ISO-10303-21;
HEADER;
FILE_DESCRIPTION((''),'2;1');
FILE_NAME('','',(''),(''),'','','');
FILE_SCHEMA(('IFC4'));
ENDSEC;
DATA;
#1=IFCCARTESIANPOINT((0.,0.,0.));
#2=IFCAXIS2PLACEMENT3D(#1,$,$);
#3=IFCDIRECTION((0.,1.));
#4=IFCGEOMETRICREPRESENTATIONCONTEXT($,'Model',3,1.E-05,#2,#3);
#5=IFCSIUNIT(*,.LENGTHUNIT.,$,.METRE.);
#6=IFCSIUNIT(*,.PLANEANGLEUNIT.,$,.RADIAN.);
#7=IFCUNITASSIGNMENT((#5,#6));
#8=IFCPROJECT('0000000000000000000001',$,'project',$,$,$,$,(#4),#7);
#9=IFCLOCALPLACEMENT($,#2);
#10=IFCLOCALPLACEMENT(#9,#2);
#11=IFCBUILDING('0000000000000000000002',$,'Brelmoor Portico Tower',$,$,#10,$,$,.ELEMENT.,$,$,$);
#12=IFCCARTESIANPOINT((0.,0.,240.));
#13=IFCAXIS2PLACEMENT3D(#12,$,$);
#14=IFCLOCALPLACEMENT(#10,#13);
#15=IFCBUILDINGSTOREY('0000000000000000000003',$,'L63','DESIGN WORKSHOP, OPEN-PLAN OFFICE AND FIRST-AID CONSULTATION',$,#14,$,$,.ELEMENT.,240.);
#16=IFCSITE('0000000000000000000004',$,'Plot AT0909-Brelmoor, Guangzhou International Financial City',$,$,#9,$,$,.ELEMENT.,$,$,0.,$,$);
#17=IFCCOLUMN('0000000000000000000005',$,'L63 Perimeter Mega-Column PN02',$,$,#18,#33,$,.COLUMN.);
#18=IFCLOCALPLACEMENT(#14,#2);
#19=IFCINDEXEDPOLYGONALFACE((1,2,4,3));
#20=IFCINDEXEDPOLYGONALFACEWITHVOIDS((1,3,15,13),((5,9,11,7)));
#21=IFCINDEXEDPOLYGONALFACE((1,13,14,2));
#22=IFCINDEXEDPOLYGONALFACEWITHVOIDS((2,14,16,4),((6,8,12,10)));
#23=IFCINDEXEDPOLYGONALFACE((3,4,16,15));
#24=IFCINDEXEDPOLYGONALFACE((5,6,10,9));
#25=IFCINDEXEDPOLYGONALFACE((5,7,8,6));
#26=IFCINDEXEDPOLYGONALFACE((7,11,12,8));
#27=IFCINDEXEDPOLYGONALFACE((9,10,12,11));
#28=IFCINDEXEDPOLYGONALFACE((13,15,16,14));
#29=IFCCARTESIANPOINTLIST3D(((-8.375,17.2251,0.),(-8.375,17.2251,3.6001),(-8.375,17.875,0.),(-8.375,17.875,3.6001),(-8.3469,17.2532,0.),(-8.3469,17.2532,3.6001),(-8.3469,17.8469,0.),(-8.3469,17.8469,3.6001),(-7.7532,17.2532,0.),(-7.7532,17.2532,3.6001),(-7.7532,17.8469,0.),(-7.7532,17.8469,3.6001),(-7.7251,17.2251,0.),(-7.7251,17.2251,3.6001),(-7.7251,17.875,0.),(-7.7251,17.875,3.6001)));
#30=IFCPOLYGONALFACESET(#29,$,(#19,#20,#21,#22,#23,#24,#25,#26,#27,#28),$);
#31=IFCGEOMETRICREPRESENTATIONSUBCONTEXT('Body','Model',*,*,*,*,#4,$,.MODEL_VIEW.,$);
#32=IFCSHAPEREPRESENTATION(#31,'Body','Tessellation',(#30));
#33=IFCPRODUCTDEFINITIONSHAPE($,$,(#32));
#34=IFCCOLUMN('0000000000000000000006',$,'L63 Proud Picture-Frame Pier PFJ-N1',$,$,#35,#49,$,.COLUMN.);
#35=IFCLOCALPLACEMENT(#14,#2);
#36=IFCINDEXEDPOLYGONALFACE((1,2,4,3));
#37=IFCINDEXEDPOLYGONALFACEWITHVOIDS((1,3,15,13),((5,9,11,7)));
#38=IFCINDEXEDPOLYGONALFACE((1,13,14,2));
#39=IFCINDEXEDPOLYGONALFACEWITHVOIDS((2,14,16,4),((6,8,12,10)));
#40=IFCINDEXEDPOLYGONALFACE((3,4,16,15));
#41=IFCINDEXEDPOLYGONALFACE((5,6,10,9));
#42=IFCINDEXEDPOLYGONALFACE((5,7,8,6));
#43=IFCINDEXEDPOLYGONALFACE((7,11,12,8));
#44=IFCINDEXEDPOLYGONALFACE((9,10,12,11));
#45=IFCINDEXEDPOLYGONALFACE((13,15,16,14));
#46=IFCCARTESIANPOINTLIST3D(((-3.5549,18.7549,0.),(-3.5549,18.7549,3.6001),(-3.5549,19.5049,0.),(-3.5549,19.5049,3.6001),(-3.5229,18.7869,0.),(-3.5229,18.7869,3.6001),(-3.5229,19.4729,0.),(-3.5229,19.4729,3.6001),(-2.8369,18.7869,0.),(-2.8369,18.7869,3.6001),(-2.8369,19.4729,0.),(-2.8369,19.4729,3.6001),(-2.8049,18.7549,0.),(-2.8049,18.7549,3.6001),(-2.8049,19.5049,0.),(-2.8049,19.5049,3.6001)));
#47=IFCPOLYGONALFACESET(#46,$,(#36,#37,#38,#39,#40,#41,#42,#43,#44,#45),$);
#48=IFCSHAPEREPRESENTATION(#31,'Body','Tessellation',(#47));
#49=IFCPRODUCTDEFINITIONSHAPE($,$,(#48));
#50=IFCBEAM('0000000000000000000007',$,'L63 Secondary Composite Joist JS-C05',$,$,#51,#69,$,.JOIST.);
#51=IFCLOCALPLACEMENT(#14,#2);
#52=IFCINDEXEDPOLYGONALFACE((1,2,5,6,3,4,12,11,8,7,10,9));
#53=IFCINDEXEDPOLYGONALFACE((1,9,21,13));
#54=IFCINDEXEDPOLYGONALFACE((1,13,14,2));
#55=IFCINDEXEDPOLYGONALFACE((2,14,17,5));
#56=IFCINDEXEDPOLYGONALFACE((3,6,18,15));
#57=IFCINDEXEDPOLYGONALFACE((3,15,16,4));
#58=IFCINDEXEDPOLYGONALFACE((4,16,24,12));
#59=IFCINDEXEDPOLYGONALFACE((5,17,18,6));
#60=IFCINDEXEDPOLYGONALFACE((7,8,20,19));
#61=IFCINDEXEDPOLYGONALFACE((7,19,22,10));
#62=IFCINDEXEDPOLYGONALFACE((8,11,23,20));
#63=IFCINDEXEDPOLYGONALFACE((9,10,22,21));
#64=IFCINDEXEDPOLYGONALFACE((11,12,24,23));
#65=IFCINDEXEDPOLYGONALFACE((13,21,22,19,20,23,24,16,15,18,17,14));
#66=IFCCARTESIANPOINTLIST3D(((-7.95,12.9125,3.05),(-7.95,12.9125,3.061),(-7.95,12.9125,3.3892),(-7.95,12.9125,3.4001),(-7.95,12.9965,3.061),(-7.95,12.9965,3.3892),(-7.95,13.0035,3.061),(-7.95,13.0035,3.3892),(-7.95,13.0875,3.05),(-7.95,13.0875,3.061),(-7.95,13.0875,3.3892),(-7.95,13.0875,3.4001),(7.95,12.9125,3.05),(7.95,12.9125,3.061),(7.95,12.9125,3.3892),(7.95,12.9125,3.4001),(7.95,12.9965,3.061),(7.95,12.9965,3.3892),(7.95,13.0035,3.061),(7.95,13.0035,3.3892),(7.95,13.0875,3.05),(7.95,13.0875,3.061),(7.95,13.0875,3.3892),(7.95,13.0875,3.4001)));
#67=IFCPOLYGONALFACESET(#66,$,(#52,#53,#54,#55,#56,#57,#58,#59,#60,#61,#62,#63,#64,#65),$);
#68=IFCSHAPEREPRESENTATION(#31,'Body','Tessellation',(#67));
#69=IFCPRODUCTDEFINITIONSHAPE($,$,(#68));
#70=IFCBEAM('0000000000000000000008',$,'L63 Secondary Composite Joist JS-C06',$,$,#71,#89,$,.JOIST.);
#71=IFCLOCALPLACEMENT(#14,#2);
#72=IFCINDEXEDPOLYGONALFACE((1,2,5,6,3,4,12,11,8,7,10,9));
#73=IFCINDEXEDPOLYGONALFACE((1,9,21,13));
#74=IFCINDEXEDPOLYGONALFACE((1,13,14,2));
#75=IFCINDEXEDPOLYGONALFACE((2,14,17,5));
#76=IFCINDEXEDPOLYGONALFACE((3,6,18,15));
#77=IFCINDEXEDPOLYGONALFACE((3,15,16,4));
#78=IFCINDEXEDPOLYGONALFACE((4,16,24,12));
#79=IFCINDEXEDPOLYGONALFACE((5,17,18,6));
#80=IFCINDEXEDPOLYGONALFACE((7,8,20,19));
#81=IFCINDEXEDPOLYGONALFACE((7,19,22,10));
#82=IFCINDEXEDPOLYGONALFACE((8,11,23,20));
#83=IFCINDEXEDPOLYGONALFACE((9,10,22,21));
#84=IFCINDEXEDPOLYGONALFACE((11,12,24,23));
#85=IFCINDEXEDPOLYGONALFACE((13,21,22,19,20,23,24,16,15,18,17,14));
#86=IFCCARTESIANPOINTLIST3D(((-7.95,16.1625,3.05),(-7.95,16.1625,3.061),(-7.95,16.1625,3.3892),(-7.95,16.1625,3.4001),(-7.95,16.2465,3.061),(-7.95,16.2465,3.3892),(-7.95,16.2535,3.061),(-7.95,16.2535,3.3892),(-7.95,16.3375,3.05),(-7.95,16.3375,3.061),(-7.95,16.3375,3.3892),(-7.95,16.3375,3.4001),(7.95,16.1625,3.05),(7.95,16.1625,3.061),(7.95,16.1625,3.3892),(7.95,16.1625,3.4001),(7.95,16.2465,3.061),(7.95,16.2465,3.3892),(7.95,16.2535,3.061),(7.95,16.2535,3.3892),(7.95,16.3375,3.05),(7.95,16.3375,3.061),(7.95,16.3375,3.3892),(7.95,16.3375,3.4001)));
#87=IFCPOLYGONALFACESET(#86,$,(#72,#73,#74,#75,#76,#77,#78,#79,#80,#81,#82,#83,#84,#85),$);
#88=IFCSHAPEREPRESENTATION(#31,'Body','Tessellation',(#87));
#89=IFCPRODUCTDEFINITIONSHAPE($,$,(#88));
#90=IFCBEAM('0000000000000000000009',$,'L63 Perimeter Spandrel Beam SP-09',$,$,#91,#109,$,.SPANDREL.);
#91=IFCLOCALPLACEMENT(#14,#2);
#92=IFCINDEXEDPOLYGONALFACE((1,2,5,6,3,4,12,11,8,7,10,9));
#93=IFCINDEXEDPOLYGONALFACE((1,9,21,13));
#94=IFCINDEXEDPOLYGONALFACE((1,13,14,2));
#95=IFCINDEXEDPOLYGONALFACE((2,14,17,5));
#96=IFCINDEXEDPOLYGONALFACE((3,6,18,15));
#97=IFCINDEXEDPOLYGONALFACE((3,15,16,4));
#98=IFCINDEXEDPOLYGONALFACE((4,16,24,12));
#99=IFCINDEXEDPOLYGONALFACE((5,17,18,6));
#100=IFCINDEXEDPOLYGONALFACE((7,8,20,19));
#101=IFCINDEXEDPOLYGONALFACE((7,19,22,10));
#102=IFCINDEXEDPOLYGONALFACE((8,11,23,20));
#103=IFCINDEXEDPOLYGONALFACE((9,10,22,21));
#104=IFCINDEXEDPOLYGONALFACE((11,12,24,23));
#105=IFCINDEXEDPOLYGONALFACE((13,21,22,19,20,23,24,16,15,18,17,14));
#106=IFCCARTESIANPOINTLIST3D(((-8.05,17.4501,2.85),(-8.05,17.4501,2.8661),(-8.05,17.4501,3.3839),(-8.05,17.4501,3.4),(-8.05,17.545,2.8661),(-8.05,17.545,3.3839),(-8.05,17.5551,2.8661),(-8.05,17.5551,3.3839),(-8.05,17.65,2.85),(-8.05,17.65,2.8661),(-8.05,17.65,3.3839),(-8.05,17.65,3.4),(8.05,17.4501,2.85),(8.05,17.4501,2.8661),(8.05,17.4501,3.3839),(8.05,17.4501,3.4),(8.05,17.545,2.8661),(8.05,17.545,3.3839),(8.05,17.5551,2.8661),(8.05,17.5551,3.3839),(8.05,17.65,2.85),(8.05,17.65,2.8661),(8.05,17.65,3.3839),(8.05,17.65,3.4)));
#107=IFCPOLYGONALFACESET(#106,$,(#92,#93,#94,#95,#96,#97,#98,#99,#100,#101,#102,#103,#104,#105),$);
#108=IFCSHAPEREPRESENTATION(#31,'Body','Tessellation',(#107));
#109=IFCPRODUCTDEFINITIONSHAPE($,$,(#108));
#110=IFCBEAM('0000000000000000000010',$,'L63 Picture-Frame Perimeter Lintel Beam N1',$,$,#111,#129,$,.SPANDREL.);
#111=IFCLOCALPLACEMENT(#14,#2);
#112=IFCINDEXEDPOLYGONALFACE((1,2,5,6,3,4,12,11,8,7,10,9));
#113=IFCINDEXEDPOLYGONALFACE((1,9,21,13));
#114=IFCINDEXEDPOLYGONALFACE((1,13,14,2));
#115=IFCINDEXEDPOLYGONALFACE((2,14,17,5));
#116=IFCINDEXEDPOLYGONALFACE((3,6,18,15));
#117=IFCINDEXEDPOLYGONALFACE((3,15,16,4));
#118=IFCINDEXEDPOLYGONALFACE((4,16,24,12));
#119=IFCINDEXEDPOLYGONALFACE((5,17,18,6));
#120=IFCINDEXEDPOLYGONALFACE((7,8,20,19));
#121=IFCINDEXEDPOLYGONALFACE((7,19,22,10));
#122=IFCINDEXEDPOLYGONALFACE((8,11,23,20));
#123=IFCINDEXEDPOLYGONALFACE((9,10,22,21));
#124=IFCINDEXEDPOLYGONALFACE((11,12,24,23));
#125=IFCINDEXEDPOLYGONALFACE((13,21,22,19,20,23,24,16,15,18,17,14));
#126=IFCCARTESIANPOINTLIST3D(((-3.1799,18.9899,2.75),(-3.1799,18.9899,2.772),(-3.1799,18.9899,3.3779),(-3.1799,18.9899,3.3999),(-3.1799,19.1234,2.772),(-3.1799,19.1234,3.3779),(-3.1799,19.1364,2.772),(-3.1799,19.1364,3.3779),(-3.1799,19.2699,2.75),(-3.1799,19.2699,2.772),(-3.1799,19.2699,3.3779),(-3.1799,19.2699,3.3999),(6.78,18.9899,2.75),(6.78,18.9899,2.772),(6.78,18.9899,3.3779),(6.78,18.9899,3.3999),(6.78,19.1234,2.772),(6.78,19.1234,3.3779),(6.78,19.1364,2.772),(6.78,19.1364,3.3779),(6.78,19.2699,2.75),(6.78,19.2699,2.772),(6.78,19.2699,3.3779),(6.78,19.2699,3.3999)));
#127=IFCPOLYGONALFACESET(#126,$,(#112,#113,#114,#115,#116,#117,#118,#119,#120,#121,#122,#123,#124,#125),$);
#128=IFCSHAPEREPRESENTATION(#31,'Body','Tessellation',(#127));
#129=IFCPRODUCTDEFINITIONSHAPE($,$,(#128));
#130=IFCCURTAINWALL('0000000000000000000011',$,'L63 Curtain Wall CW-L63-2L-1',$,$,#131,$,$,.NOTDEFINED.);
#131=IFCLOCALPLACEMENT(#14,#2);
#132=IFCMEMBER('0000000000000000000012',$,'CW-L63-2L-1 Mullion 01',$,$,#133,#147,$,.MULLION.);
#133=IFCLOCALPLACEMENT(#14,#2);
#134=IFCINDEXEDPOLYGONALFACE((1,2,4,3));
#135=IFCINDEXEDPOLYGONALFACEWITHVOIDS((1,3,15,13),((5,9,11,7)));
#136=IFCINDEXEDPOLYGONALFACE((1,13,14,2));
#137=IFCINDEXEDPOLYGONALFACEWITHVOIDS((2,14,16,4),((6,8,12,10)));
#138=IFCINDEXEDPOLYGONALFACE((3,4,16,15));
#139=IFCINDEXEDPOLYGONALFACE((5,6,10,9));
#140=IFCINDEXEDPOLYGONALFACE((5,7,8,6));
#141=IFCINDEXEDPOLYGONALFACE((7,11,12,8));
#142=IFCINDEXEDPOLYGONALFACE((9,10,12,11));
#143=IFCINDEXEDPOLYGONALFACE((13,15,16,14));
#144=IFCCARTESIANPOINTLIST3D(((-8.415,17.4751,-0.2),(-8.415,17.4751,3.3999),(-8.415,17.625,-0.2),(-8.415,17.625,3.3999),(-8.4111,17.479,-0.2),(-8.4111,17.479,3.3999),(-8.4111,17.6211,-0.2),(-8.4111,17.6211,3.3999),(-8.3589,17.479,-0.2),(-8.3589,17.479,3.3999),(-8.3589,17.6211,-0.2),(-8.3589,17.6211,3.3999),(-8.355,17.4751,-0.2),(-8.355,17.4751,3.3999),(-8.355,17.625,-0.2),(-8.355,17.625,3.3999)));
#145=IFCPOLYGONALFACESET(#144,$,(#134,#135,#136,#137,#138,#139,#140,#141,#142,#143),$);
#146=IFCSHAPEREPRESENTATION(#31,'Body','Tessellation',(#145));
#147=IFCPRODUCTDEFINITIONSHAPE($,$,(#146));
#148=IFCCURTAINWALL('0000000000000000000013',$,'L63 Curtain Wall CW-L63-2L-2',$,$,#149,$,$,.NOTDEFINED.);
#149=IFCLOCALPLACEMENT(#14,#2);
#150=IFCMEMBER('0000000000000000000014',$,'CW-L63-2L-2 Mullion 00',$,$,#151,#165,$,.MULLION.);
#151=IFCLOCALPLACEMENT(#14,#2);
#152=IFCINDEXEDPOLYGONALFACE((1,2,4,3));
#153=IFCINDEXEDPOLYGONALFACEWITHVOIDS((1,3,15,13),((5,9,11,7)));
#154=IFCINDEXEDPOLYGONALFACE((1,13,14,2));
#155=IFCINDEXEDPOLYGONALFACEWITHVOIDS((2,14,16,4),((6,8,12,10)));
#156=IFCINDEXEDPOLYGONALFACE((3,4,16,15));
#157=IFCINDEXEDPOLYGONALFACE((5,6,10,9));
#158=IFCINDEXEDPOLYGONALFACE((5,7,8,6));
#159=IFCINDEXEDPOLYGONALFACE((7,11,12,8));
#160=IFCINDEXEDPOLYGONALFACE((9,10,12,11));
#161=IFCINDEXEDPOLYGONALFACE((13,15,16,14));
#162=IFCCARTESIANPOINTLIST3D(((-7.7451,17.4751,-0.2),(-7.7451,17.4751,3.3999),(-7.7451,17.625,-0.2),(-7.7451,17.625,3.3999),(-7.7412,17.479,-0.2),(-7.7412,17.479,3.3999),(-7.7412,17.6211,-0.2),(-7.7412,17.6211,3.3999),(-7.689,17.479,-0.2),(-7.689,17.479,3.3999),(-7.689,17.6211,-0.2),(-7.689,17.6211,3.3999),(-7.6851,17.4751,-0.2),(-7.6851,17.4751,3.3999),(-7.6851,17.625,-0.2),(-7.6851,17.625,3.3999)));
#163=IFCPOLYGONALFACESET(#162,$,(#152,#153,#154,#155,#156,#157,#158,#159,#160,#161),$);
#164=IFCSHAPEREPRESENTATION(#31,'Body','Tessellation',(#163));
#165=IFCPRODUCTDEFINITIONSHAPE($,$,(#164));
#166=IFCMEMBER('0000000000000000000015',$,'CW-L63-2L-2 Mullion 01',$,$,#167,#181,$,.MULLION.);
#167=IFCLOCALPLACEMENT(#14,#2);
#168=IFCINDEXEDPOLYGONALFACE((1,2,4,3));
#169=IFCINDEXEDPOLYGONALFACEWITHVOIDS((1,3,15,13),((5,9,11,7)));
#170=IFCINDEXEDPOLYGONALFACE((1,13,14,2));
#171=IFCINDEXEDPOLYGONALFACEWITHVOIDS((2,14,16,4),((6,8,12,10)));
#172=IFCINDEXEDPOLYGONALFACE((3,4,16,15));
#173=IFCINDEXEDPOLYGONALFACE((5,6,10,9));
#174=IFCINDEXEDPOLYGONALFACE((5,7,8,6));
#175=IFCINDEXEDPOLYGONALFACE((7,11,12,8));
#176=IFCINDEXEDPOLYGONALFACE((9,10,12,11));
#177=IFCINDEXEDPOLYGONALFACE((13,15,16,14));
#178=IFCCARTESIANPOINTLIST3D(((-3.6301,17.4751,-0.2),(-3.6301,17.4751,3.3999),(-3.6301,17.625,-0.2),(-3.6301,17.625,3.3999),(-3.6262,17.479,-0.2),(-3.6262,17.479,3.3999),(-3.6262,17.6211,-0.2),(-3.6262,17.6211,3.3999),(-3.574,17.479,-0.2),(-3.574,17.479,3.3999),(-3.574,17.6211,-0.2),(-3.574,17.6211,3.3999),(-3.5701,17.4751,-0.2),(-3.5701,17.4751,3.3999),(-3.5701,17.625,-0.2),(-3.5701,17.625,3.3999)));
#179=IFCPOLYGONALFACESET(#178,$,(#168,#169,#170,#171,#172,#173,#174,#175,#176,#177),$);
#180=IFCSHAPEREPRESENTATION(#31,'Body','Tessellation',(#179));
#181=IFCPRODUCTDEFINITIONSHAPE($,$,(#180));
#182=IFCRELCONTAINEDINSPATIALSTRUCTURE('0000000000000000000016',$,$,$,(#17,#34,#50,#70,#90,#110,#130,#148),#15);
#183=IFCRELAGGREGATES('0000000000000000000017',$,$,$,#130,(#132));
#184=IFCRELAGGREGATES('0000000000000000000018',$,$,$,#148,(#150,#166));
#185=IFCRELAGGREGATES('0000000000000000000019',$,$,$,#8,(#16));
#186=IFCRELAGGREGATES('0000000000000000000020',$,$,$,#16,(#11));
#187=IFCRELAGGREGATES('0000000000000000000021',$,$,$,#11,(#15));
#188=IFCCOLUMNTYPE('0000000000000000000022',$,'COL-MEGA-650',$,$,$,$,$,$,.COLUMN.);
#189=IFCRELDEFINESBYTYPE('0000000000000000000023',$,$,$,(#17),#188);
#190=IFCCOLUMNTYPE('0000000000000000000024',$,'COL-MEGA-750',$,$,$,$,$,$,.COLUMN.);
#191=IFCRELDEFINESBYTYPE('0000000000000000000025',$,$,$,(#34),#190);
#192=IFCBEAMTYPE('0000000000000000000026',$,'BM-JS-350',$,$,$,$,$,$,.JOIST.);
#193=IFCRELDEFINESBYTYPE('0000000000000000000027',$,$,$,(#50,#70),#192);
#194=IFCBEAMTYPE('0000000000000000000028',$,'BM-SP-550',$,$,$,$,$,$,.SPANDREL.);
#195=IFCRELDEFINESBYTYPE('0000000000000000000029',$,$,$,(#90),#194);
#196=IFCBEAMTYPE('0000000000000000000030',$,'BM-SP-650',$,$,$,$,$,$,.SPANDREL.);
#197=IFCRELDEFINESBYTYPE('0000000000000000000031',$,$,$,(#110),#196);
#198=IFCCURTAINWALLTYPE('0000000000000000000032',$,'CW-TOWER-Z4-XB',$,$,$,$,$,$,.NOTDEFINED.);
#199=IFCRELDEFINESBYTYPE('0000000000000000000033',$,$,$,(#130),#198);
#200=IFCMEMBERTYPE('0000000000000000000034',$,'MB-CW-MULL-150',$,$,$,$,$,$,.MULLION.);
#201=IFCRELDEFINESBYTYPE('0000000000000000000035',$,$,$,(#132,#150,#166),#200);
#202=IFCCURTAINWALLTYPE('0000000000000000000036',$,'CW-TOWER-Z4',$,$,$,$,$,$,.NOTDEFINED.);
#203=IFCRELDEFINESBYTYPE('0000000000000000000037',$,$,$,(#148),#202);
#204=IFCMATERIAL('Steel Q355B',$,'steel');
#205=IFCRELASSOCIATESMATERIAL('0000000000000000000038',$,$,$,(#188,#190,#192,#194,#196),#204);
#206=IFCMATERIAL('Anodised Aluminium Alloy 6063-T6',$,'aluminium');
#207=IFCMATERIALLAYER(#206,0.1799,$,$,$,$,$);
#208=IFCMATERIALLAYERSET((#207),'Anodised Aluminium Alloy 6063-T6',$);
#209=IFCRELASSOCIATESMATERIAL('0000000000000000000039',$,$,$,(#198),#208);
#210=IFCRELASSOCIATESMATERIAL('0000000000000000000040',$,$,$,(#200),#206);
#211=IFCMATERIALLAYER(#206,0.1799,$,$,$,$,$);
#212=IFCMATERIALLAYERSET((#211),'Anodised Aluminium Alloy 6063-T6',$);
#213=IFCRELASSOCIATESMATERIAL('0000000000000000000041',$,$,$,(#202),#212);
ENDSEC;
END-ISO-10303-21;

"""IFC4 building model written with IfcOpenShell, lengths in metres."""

from ifc_helpers import new_model, si_unit, direction, frame, origin, origin_2d, place, context, subcontext, project, spatial, hollow_rectangle, i_section, extrude, material, layer, layer_set, material_profile, profile_set, type_object, element, aggregate, save


model = new_model("IFC4")

# Units and contexts
model_context = context("Model", 3, precision=1e-05, world=origin(), true_north=direction((0.0, 1.0)))
body_context = subcontext(model_context, "Body", "Model", "MODEL_VIEW")
ifc_project = project(units=[si_unit("LENGTHUNIT", "METRE"), si_unit("PLANEANGLEUNIT", "RADIAN")], contexts=[model_context])

# Site, building, storey
site_placement = place(None, origin())
site = spatial("IfcSite", under=ifc_project, at=site_placement, Name="Plot AT0909-Brelmoor, Guangzhou International Financial City", CompositionType="ELEMENT", RefElevation=0.0)
building_placement = place(site_placement, origin())
building = spatial("IfcBuilding", under=site, at=building_placement, Name="Brelmoor Portico Tower", CompositionType="ELEMENT")
storey_placement = place(building_placement, frame((0.0, 0.0, 240.0)))
storey = spatial("IfcBuildingStorey", under=building, at=storey_placement, Name="L63", Description="DESIGN WORKSHOP, OPEN-PLAN OFFICE AND FIRST-AID CONSULTATION", CompositionType="ELEMENT", Elevation=240.0)

# Columns
ifc_material_1 = material(Name="Steel Q355B", Category="steel")
ifc_material_profile_1 = material_profile(ifc_material_1, hollow_rectangle(XDim=0.6499, YDim=0.6499, WallThickness=0.0281, at=origin_2d()), Name="BOX 650x650x28")
ifc_profile_set_1 = profile_set([ifc_material_profile_1], Name="Steel Q355B")
column_type_1 = type_object("IfcColumnType", Name="COL-MEGA-650", PredefinedType="COLUMN", material=ifc_profile_set_1)
column_1_placement = place(storey_placement, frame((-8.05, 17.55, 0.0), z_axis=(0.0, 0.0, 1.0), x_axis=(1.0, 0.0, 0.0)))
element("IfcColumn", 1, at=column_1_placement, inside=storey, type_object=column_type_1, Name="L63 Perimeter Mega-Column PN02", PredefinedType="COLUMN", context=body_context, shape_type="SweptSolid", body=[
    extrude(hollow_rectangle(XDim=0.6499, YDim=0.6499, WallThickness=0.0281, at=origin_2d()), origin(), (0.0, 0.0, 1.0), 3.6001),
])
ifc_material_profile_2 = material_profile(ifc_material_1, hollow_rectangle(XDim=0.75, YDim=0.75, WallThickness=0.032, at=origin_2d()), Name="BOX 750x750x32")
ifc_profile_set_2 = profile_set([ifc_material_profile_2], Name="Steel Q355B")
column_type_2 = type_object("IfcColumnType", Name="COL-MEGA-750", PredefinedType="COLUMN", material=ifc_profile_set_2)
column_2_placement = place(storey_placement, frame((-3.1799, 19.1299, 0.0), z_axis=(0.0, 0.0, 1.0), x_axis=(1.0, 0.0, 0.0)))
element("IfcColumn", 2, at=column_2_placement, inside=storey, type_object=column_type_2, Name="L63 Proud Picture-Frame Pier PFJ-N1", PredefinedType="COLUMN", context=body_context, shape_type="SweptSolid", body=[
    extrude(hollow_rectangle(XDim=0.75, YDim=0.75, WallThickness=0.032, at=origin_2d()), origin(), (0.0, 0.0, 1.0), 3.6001),
])

# Beams
ifc_material_profile_3 = material_profile(ifc_material_1, i_section(OverallWidth=0.175, OverallDepth=0.3501, WebThickness=0.0071, FlangeThickness=0.011, at=origin_2d()), Name="HN 350x175x7x11")
ifc_profile_set_3 = profile_set([ifc_material_profile_3], Name="Steel Q355B")
beam_type_1 = type_object("IfcBeamType", Name="BM-JS-350", PredefinedType="JOIST", material=ifc_profile_set_3)
for number, where, z_axis, x_axis, name in (
    (3, (-7.95, 13.0, 3.2251), (1.0, 0.0, 0.0), (0.0, 1.0, 0.0), "L63 Secondary Composite Joist JS-C05"),
    (4, (-7.95, 16.25, 3.2251), (1.0, 0.0, 0.0), (0.0, 1.0, 0.0), "L63 Secondary Composite Joist JS-C06"),
):
    element("IfcBeam", number, at=place(storey_placement, frame(where, z_axis=z_axis, x_axis=x_axis)), inside=storey, type_object=beam_type_1, Name=name, PredefinedType="JOIST", context=body_context, shape_type="SweptSolid", body=[
        extrude(i_section(OverallWidth=0.175, OverallDepth=0.3501, WebThickness=0.0071, FlangeThickness=0.011, at=origin_2d()), origin(), (0.0, 0.0, 1.0), 15.8999),
    ])
ifc_material_profile_4 = material_profile(ifc_material_1, i_section(OverallWidth=0.2, OverallDepth=0.55, WebThickness=0.01, FlangeThickness=0.0161, at=origin_2d()), Name="HN 550x200x10x16")
ifc_profile_set_4 = profile_set([ifc_material_profile_4], Name="Steel Q355B")
beam_type_2 = type_object("IfcBeamType", Name="BM-SP-550", PredefinedType="SPANDREL", material=ifc_profile_set_4)
beam_1_placement = place(storey_placement, frame((-8.05, 17.55, 3.125), z_axis=(1.0, 0.0, 0.0), x_axis=(0.0, 1.0, 0.0)))
element("IfcBeam", 5, at=beam_1_placement, inside=storey, type_object=beam_type_2, Name="L63 Perimeter Spandrel Beam SP-09", PredefinedType="SPANDREL", context=body_context, shape_type="SweptSolid", body=[
    extrude(i_section(OverallWidth=0.2, OverallDepth=0.55, WebThickness=0.01, FlangeThickness=0.0161, at=origin_2d()), origin(), (0.0, 0.0, 1.0), 16.1001),
])
ifc_material_profile_5 = material_profile(ifc_material_1, i_section(OverallWidth=0.28, OverallDepth=0.6499, WebThickness=0.0129, FlangeThickness=0.022, at=origin_2d()), Name="HN 650x280x13x22")
ifc_profile_set_5 = profile_set([ifc_material_profile_5], Name="Steel Q355B")
beam_type_3 = type_object("IfcBeamType", Name="BM-SP-650", PredefinedType="SPANDREL", material=ifc_profile_set_5)
beam_2_placement = place(storey_placement, frame((-3.1799, 19.1299, 3.075), z_axis=(1.0, 0.0, 0.0), x_axis=(0.0, 1.0, 0.0)))
element("IfcBeam", 6, at=beam_2_placement, inside=storey, type_object=beam_type_3, Name="L63 Picture-Frame Perimeter Lintel Beam N1", PredefinedType="SPANDREL", context=body_context, shape_type="SweptSolid", body=[
    extrude(i_section(OverallWidth=0.28, OverallDepth=0.6499, WebThickness=0.0129, FlangeThickness=0.022, at=origin_2d()), origin(), (0.0, 0.0, 1.0), 9.96),
])

# Curtain wall, member
ifc_material_2 = material(Name="Anodised Aluminium Alloy 6063-T6", Category="aluminium")
ifc_layer_1 = layer(ifc_material_2, 0.1799)
ifc_layer_set_1 = layer_set([ifc_layer_1], Name="Anodised Aluminium Alloy 6063-T6")
curtain_wall_type_1 = type_object("IfcCurtainWallType", Name="CW-TOWER-Z4-XB", PredefinedType="NOTDEFINED", material=ifc_layer_set_1)
curtain_wall_1_placement = place(storey_placement, origin())
curtain_wall_1 = element("IfcCurtainWall", 7, at=curtain_wall_1_placement, inside=storey, type_object=curtain_wall_type_1, Name="L63 Curtain Wall CW-L63-2L-1", PredefinedType="NOTDEFINED")
ifc_material_profile_6 = material_profile(ifc_material_2, hollow_rectangle(XDim=0.0601, YDim=0.1499, WallThickness=0.0039, at=origin_2d()), Name="ALU MULLION 60x150")
ifc_profile_set_6 = profile_set([ifc_material_profile_6], Name="Anodised Aluminium Alloy 6063-T6")
member_type_1 = type_object("IfcMemberType", Name="MB-CW-MULL-150", PredefinedType="MULLION", material=ifc_profile_set_6)
member_1_placement = place(storey_placement, frame((-8.385, 17.55, -0.2), z_axis=(0.0, 0.0, 1.0), x_axis=(1.0, 0.0, 0.0)))
member_1 = element("IfcMember", 8, at=member_1_placement, type_object=member_type_1, Name="CW-L63-2L-1 Mullion 01", PredefinedType="MULLION", context=body_context, shape_type="SweptSolid", body=[
    extrude(hollow_rectangle(XDim=0.0601, YDim=0.1499, WallThickness=0.0039, at=origin_2d()), origin(), (0.0, 0.0, 1.0), 3.5999),
])
aggregate(curtain_wall_1, [member_1])

# Curtain wall, members
ifc_layer_2 = layer(ifc_material_2, 0.1799)
ifc_layer_set_2 = layer_set([ifc_layer_2], Name="Anodised Aluminium Alloy 6063-T6")
curtain_wall_type_2 = type_object("IfcCurtainWallType", Name="CW-TOWER-Z4", PredefinedType="NOTDEFINED", material=ifc_layer_set_2)
curtain_wall_2_placement = place(storey_placement, origin())
curtain_wall_2 = element("IfcCurtainWall", 9, at=curtain_wall_2_placement, inside=storey, type_object=curtain_wall_type_2, Name="L63 Curtain Wall CW-L63-2L-2", PredefinedType="NOTDEFINED")
member_2_placement = place(storey_placement, frame((-7.7151, 17.55, -0.2), z_axis=(0.0, 0.0, 1.0), x_axis=(1.0, 0.0, 0.0)))
member_2 = element("IfcMember", 10, at=member_2_placement, type_object=member_type_1, Name="CW-L63-2L-2 Mullion 00", PredefinedType="MULLION", context=body_context, shape_type="SweptSolid", body=[
    extrude(hollow_rectangle(XDim=0.0601, YDim=0.1499, WallThickness=0.0039, at=origin_2d()), origin(), (0.0, 0.0, 1.0), 3.5999),
])
member_3_placement = place(storey_placement, frame((-3.6001, 17.55, -0.2), z_axis=(0.0, 0.0, 1.0), x_axis=(1.0, 0.0, 0.0)))
member_3 = element("IfcMember", 11, at=member_3_placement, type_object=member_type_1, Name="CW-L63-2L-2 Mullion 01", PredefinedType="MULLION", context=body_context, shape_type="SweptSolid", body=[
    extrude(hollow_rectangle(XDim=0.0601, YDim=0.1499, WallThickness=0.0039, at=origin_2d()), origin(), (0.0, 0.0, 1.0), 3.5999),
])

aggregate(curtain_wall_2, [member_2, member_3])

save(model, "model.ifc")
